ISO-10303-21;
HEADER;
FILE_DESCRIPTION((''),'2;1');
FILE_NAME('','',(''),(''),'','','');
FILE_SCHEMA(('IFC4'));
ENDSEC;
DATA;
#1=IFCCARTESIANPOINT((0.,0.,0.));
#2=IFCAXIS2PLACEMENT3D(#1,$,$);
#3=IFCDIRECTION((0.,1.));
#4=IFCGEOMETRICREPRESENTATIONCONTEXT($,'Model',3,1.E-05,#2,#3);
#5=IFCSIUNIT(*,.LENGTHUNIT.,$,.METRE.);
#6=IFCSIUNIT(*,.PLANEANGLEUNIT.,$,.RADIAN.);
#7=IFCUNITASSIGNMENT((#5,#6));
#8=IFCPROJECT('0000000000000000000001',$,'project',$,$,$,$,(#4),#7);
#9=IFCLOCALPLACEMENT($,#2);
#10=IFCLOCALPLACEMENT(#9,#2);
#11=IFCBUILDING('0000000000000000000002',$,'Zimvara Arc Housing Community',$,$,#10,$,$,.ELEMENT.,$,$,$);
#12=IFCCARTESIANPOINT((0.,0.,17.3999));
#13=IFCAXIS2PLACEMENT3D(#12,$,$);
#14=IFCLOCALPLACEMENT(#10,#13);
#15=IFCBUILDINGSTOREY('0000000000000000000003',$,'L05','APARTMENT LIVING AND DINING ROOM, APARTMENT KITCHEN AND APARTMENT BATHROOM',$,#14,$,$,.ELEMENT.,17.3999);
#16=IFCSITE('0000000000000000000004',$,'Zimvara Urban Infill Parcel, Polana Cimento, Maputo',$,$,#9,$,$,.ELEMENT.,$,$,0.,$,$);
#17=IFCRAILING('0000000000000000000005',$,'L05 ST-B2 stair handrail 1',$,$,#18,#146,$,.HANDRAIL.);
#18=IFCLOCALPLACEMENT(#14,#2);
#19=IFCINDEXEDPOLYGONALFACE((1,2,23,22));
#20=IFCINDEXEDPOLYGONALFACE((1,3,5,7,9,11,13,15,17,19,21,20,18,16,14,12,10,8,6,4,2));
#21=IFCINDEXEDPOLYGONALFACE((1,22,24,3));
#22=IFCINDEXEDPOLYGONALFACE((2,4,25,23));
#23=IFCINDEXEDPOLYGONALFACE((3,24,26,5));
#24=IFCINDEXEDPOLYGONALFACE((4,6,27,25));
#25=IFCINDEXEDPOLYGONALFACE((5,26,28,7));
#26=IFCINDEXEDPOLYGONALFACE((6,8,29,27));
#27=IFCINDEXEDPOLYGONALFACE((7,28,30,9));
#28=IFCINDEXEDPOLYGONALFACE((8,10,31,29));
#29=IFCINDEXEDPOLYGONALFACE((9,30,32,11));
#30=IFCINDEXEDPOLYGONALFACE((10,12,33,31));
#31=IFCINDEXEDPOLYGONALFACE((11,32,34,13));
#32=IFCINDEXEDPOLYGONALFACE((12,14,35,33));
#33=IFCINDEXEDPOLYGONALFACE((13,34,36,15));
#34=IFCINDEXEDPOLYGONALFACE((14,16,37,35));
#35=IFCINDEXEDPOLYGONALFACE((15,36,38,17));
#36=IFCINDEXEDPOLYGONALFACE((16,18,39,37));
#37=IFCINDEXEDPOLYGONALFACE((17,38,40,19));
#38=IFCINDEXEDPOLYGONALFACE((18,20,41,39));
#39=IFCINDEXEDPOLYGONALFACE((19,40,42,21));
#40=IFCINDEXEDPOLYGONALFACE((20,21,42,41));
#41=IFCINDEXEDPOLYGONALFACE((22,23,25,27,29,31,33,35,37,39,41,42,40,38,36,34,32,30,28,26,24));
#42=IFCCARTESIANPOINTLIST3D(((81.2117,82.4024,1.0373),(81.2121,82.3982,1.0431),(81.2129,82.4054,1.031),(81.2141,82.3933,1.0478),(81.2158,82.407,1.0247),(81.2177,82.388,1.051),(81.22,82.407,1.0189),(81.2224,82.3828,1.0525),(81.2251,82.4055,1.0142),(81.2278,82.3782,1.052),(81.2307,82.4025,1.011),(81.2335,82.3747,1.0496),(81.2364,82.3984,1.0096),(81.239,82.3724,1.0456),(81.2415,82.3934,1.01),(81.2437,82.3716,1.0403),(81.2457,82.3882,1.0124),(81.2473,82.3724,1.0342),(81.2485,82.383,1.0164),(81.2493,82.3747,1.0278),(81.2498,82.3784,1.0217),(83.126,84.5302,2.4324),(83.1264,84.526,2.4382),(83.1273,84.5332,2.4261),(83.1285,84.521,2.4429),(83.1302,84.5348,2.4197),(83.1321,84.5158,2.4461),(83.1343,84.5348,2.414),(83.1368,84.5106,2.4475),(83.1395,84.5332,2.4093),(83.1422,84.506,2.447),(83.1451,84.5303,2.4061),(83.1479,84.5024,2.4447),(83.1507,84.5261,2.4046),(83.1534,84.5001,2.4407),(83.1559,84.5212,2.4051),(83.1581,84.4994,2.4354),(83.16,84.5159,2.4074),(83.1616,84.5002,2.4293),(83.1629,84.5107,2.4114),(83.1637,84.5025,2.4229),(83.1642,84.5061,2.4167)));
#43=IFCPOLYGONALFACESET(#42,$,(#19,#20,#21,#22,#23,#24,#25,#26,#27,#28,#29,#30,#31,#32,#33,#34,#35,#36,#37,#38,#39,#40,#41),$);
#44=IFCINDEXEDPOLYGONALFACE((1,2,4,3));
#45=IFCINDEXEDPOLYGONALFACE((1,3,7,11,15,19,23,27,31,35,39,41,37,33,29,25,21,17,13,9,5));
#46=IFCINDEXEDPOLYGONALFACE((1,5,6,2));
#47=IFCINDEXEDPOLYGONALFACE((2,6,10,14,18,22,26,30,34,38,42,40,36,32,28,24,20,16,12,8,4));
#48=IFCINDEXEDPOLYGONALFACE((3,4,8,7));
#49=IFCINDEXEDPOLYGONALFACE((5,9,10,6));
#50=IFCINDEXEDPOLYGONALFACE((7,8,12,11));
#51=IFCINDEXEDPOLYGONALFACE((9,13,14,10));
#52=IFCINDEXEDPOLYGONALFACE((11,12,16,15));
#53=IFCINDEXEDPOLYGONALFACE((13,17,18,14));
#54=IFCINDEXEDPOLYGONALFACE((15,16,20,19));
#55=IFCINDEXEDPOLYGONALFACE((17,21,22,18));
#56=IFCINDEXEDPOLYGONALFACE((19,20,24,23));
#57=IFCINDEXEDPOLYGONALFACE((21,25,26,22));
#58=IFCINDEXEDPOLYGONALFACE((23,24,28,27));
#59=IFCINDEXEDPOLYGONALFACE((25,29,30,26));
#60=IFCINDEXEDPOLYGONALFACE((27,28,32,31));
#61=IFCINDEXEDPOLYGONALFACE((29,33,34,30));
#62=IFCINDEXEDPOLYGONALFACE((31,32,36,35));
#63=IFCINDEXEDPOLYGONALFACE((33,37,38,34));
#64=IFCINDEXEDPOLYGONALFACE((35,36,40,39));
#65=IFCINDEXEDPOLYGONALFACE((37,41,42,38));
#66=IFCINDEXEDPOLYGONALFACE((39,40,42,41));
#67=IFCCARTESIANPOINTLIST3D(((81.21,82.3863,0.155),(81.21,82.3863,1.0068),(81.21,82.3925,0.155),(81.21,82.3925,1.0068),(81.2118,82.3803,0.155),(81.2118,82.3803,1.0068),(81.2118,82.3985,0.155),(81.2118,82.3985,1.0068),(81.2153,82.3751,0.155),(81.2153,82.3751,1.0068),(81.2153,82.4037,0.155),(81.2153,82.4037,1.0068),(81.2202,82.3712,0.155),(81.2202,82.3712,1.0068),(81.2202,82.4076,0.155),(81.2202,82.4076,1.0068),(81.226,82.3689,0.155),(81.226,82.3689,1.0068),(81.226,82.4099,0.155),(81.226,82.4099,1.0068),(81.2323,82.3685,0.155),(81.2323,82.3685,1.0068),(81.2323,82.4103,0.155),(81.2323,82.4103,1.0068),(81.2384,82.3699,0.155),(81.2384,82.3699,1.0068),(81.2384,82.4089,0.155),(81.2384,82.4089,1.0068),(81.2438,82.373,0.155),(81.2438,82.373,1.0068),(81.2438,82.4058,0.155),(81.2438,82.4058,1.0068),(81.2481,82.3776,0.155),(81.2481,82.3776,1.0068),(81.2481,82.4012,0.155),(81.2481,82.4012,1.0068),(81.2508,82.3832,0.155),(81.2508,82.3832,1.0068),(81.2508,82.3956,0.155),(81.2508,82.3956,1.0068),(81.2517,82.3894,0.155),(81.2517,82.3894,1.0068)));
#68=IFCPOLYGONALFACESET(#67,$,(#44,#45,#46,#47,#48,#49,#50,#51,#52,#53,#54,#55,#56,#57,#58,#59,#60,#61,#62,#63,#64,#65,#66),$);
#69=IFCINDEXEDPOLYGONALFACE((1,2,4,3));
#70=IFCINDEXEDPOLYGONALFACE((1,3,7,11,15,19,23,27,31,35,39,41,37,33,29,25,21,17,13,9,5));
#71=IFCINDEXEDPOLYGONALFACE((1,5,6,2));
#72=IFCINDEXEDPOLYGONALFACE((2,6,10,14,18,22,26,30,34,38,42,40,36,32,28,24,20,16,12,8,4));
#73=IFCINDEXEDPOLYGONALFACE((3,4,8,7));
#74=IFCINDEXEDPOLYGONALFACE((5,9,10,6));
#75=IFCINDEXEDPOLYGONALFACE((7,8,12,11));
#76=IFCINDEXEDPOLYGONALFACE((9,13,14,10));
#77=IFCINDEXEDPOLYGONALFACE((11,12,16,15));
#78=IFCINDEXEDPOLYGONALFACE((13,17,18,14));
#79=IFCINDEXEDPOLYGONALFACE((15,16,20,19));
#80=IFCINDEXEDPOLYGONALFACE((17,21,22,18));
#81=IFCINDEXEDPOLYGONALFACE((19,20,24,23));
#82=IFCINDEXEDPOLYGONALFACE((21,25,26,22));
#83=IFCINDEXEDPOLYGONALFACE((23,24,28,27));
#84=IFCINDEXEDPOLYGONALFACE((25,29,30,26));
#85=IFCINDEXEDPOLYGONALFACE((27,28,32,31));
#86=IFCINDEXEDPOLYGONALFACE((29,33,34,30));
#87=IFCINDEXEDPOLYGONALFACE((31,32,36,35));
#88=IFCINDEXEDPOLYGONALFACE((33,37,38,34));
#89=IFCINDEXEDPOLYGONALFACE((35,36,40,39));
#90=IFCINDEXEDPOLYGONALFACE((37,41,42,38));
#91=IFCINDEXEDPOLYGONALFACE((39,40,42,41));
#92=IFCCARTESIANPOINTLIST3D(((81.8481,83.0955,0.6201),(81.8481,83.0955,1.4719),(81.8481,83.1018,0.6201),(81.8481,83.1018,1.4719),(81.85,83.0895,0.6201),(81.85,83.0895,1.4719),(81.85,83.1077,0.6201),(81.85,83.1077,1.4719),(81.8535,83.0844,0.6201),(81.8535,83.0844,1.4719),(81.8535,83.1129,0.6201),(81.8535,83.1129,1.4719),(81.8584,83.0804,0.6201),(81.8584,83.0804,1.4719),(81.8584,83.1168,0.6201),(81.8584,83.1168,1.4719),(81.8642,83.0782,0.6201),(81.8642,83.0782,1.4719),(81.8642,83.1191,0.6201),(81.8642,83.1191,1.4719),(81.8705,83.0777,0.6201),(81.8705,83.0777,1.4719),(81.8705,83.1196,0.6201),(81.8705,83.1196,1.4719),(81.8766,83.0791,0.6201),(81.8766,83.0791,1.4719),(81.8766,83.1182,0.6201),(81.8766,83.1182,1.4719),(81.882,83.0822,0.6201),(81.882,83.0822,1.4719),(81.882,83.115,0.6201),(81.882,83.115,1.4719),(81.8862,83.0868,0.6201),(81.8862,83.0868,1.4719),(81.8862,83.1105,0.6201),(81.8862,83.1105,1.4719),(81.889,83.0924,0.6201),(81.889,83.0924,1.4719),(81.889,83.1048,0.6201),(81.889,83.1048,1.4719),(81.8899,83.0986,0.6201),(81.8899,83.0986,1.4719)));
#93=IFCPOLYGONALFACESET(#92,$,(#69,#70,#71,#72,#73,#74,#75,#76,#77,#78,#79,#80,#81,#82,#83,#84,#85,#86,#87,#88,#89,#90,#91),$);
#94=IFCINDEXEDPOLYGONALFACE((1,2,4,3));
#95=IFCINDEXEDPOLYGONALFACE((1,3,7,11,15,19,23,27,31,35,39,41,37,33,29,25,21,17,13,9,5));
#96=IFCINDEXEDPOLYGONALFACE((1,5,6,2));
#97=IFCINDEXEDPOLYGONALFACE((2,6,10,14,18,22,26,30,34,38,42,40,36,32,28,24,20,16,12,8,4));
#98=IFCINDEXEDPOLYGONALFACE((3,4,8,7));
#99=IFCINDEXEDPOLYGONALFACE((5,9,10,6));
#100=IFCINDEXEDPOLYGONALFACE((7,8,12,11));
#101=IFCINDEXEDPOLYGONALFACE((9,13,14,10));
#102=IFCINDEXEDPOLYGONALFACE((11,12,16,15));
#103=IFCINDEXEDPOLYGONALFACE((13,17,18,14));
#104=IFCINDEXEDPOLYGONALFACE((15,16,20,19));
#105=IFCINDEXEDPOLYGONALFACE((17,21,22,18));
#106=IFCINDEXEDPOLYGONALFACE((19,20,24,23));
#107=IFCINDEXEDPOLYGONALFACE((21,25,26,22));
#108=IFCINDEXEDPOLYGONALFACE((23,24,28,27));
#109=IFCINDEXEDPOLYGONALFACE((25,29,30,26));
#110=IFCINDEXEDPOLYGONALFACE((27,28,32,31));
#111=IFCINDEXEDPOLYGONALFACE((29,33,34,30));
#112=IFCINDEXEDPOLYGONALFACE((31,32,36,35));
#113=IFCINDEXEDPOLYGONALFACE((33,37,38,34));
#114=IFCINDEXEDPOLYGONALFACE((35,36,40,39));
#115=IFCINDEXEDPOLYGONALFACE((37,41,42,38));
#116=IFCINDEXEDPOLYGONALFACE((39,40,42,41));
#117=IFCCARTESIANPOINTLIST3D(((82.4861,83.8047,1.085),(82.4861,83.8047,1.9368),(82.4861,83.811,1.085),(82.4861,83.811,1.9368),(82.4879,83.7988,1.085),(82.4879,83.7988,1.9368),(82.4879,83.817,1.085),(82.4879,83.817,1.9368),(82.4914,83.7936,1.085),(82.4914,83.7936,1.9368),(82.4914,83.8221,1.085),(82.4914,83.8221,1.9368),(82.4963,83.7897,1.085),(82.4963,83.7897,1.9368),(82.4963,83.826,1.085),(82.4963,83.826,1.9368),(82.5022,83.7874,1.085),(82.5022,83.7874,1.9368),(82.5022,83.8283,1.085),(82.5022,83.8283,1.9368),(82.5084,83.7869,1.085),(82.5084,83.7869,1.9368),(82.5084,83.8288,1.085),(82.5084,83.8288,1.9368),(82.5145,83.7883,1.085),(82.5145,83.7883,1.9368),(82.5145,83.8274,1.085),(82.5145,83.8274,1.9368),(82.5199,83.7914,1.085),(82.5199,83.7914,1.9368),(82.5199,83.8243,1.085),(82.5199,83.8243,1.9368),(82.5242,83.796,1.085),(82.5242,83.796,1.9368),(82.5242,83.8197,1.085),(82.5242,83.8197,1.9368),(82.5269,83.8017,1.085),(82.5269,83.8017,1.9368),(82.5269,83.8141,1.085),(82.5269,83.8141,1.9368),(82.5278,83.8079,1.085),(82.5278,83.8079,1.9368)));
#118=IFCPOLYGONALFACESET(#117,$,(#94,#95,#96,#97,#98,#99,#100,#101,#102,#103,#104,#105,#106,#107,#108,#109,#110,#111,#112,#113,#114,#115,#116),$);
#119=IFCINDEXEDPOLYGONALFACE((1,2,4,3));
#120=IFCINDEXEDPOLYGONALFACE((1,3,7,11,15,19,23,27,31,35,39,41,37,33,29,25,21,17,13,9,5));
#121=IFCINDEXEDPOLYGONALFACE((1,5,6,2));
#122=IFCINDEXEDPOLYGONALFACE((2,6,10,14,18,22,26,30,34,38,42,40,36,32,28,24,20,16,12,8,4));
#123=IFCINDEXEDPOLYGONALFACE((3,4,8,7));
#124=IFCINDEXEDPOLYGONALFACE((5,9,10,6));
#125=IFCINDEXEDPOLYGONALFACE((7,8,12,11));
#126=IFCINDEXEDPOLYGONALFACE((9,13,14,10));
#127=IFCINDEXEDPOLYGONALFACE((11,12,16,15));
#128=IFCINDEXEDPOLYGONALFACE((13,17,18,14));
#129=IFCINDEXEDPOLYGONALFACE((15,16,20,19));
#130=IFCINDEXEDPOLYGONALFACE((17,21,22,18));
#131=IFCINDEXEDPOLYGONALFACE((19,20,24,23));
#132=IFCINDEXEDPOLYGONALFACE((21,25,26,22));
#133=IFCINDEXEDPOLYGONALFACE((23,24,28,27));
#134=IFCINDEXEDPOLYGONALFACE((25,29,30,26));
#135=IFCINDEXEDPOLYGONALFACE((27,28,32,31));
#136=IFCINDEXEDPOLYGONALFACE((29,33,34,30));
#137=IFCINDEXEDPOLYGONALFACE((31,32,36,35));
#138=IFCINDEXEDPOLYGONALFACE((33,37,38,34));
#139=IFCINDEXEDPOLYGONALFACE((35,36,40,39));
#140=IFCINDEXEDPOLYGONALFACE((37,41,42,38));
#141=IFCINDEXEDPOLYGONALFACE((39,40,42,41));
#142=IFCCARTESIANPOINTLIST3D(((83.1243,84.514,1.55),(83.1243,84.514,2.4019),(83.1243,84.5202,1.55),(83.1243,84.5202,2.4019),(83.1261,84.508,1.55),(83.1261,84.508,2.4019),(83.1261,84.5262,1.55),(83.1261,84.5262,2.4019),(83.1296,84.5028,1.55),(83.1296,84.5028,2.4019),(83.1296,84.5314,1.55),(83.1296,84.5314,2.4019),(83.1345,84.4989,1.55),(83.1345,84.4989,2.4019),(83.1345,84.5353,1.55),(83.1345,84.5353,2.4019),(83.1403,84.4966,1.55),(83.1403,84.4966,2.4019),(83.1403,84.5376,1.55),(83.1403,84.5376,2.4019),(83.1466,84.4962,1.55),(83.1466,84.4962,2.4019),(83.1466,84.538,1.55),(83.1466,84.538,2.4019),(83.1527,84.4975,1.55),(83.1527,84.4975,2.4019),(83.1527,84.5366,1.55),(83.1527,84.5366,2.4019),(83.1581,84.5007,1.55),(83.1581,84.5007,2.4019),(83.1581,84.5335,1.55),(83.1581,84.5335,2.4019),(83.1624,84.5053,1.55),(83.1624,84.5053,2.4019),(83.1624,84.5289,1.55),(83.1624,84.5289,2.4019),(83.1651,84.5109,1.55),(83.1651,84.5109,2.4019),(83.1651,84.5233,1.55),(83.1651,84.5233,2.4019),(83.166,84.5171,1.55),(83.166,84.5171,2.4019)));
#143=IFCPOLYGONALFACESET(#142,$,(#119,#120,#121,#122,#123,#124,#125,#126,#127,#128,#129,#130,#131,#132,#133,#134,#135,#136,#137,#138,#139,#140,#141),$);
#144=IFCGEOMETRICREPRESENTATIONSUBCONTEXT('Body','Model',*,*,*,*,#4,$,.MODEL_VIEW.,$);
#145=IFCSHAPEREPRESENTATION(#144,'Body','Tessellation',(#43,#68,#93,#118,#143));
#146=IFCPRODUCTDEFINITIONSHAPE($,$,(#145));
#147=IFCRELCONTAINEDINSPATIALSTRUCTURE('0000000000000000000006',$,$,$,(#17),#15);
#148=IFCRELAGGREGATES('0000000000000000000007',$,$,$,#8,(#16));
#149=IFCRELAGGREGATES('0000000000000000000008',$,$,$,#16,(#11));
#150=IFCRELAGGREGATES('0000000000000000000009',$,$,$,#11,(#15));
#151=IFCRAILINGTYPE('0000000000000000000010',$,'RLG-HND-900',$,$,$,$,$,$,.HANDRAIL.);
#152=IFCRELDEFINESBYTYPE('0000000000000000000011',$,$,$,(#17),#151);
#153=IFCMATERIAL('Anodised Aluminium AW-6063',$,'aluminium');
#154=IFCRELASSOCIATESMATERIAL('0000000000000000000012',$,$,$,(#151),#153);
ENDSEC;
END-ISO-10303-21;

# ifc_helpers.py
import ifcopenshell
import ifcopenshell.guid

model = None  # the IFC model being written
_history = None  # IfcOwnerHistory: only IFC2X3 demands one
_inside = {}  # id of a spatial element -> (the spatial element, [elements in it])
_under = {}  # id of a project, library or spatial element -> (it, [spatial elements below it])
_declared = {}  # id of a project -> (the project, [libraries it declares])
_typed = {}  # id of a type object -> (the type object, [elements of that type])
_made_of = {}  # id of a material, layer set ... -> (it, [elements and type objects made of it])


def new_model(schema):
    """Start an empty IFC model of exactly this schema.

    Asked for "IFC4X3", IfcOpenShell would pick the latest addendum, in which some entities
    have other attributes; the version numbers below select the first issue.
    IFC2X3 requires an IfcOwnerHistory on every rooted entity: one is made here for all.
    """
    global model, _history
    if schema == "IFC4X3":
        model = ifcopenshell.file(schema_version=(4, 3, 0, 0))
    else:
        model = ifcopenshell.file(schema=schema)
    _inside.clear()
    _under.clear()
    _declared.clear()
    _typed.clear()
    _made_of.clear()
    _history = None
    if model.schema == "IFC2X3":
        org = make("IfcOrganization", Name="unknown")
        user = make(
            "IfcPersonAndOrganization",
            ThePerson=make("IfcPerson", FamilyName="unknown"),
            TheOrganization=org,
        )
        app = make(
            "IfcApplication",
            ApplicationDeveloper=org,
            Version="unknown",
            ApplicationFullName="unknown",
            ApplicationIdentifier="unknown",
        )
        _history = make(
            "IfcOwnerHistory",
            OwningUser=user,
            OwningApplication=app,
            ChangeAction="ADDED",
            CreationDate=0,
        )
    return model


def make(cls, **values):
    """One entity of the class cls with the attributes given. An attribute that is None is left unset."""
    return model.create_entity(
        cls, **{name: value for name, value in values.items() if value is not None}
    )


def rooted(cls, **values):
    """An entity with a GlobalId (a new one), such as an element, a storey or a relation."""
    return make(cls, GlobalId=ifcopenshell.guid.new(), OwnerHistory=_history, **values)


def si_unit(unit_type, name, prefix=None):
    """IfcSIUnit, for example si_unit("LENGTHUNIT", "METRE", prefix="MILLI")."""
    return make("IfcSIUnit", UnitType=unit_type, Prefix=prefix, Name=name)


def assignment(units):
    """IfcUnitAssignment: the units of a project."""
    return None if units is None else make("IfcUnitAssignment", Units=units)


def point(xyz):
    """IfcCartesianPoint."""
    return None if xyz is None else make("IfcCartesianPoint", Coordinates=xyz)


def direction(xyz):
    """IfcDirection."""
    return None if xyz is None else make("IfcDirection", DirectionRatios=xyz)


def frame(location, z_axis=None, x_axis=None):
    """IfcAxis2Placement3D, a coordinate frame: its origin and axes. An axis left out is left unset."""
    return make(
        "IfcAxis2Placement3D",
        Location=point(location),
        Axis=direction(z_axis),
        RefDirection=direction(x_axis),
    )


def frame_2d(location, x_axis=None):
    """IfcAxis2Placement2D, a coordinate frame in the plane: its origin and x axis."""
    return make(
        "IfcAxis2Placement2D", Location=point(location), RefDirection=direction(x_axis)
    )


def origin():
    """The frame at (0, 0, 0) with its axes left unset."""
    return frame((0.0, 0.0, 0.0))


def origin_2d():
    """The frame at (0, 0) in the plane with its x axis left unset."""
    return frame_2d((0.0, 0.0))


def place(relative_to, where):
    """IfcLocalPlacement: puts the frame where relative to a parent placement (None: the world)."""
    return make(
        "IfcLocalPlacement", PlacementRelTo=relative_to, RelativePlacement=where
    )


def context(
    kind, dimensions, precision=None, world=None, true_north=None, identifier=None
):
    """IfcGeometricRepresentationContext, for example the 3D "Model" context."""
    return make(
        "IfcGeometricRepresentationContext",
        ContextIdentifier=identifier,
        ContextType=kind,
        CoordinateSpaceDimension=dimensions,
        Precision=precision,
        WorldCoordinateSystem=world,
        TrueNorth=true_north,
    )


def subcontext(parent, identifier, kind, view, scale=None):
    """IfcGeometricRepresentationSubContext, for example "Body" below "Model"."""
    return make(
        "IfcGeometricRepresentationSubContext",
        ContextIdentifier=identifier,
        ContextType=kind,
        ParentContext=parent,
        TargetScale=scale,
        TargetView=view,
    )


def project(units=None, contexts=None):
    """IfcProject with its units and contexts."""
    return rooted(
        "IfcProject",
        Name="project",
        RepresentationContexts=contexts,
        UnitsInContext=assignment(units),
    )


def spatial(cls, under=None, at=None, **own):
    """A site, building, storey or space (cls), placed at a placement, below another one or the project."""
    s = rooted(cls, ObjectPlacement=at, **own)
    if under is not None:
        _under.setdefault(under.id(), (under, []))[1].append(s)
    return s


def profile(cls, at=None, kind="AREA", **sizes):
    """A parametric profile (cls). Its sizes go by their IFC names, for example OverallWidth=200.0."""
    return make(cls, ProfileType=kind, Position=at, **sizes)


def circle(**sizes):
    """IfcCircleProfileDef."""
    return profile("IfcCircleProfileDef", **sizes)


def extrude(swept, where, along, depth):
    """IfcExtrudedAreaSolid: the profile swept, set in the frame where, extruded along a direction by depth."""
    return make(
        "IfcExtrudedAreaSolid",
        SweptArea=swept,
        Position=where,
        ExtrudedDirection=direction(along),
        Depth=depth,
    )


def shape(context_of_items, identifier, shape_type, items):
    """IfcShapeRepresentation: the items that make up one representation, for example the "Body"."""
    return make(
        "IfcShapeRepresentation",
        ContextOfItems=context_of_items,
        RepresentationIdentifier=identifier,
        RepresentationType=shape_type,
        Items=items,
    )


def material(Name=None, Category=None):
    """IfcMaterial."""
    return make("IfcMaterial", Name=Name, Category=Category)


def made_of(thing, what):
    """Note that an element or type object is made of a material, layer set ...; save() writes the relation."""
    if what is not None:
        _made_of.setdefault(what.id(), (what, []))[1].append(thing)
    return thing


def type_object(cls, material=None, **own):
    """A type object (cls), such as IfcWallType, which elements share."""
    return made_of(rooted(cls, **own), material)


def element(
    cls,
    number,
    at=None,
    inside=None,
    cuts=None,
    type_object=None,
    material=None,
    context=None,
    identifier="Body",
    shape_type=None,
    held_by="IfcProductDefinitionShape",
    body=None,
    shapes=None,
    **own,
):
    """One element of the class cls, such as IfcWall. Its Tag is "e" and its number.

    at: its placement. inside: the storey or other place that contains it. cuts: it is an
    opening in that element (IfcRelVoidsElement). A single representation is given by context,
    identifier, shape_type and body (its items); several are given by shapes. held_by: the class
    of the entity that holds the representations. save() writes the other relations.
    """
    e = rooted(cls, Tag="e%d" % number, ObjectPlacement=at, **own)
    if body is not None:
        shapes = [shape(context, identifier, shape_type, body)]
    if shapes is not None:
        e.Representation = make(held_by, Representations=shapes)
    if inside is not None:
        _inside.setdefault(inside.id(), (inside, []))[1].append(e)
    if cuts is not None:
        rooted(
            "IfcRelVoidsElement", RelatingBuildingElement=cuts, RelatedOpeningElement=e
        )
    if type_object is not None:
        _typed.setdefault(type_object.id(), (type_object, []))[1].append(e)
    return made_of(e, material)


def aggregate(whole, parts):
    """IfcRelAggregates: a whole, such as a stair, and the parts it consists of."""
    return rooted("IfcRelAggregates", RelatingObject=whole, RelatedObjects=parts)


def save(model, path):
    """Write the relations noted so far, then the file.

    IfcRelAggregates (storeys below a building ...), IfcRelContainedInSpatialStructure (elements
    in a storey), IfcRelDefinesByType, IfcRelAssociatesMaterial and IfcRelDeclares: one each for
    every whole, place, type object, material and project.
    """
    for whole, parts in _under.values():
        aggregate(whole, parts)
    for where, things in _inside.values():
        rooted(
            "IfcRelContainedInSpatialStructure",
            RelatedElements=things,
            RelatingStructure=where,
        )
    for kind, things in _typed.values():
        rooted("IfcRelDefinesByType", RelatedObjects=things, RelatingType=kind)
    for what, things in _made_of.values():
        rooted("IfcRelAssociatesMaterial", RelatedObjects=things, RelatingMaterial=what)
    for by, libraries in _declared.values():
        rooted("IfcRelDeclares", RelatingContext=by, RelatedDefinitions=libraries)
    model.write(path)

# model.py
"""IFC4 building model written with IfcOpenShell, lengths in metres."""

from ifc_helpers import new_model, si_unit, direction, frame, origin, origin_2d, place, context, subcontext, project, spatial, circle, extrude, material, type_object, element, save


model = new_model("IFC4")

# Units and contexts
model_context = context("Model", 3, precision=1e-05, world=origin(), true_north=direction((0.0, 1.0)))
body_context = subcontext(model_context, "Body", "Model", "MODEL_VIEW")
ifc_project = project(units=[si_unit("LENGTHUNIT", "METRE"), si_unit("PLANEANGLEUNIT", "RADIAN")], contexts=[model_context])

# Site, building, storey
site_placement = place(None, origin())
site = spatial("IfcSite", under=ifc_project, at=site_placement, Name="Zimvara Urban Infill Parcel, Polana Cimento, Maputo", CompositionType="ELEMENT", RefElevation=0.0)
building_placement = place(site_placement, origin())
building = spatial("IfcBuilding", under=site, at=building_placement, Name="Zimvara Arc Housing Community", CompositionType="ELEMENT")
storey_placement = place(building_placement, frame((0.0, 0.0, 17.3999)))
storey = spatial("IfcBuildingStorey", under=building, at=storey_placement, Name="L05", Description="APARTMENT LIVING AND DINING ROOM, APARTMENT KITCHEN AND APARTMENT BATHROOM", CompositionType="ELEMENT", Elevation=17.3999)

# Railing
ifc_material_1 = material(Name="Anodised Aluminium AW-6063", Category="aluminium")
railing_type_1 = type_object("IfcRailingType", Name="RLG-HND-900", PredefinedType="HANDRAIL", material=ifc_material_1)
railing_1_placement = place(storey_placement, frame((81.2307, 82.3894, 0.155)))
element("IfcRailing", 1, at=railing_1_placement, inside=storey, type_object=railing_type_1, Name="L05 ST-B2 stair handrail 1", PredefinedType="HANDRAIL", context=body_context, shape_type="SweptSolid", body=[
    extrude(circle(Radius=0.0239, at=origin_2d()), frame((0.0, 0.0, 0.876), z_axis=(0.601232, 0.668248, 0.438138), x_axis=(-0.7434, 0.668847, 0.0)), (0.0, 0.0, 1.0), 3.1841),
    extrude(circle(Radius=0.021, at=origin_2d()), origin(), (0.0, 0.0, 1.0), 0.8518),
    extrude(circle(Radius=0.021, at=origin_2d()), frame((0.6382, 0.7092, 0.4651)), (0.0, 0.0, 1.0), 0.8518),
    extrude(circle(Radius=0.021, at=origin_2d()), frame((1.2761, 1.4185, 0.9299)), (0.0, 0.0, 1.0), 0.8518),
    extrude(circle(Radius=0.021, at=origin_2d()), frame((1.9143, 2.1277, 1.395)), (0.0, 0.0, 1.0), 0.8518),
])

save(model, "model.ifc")
